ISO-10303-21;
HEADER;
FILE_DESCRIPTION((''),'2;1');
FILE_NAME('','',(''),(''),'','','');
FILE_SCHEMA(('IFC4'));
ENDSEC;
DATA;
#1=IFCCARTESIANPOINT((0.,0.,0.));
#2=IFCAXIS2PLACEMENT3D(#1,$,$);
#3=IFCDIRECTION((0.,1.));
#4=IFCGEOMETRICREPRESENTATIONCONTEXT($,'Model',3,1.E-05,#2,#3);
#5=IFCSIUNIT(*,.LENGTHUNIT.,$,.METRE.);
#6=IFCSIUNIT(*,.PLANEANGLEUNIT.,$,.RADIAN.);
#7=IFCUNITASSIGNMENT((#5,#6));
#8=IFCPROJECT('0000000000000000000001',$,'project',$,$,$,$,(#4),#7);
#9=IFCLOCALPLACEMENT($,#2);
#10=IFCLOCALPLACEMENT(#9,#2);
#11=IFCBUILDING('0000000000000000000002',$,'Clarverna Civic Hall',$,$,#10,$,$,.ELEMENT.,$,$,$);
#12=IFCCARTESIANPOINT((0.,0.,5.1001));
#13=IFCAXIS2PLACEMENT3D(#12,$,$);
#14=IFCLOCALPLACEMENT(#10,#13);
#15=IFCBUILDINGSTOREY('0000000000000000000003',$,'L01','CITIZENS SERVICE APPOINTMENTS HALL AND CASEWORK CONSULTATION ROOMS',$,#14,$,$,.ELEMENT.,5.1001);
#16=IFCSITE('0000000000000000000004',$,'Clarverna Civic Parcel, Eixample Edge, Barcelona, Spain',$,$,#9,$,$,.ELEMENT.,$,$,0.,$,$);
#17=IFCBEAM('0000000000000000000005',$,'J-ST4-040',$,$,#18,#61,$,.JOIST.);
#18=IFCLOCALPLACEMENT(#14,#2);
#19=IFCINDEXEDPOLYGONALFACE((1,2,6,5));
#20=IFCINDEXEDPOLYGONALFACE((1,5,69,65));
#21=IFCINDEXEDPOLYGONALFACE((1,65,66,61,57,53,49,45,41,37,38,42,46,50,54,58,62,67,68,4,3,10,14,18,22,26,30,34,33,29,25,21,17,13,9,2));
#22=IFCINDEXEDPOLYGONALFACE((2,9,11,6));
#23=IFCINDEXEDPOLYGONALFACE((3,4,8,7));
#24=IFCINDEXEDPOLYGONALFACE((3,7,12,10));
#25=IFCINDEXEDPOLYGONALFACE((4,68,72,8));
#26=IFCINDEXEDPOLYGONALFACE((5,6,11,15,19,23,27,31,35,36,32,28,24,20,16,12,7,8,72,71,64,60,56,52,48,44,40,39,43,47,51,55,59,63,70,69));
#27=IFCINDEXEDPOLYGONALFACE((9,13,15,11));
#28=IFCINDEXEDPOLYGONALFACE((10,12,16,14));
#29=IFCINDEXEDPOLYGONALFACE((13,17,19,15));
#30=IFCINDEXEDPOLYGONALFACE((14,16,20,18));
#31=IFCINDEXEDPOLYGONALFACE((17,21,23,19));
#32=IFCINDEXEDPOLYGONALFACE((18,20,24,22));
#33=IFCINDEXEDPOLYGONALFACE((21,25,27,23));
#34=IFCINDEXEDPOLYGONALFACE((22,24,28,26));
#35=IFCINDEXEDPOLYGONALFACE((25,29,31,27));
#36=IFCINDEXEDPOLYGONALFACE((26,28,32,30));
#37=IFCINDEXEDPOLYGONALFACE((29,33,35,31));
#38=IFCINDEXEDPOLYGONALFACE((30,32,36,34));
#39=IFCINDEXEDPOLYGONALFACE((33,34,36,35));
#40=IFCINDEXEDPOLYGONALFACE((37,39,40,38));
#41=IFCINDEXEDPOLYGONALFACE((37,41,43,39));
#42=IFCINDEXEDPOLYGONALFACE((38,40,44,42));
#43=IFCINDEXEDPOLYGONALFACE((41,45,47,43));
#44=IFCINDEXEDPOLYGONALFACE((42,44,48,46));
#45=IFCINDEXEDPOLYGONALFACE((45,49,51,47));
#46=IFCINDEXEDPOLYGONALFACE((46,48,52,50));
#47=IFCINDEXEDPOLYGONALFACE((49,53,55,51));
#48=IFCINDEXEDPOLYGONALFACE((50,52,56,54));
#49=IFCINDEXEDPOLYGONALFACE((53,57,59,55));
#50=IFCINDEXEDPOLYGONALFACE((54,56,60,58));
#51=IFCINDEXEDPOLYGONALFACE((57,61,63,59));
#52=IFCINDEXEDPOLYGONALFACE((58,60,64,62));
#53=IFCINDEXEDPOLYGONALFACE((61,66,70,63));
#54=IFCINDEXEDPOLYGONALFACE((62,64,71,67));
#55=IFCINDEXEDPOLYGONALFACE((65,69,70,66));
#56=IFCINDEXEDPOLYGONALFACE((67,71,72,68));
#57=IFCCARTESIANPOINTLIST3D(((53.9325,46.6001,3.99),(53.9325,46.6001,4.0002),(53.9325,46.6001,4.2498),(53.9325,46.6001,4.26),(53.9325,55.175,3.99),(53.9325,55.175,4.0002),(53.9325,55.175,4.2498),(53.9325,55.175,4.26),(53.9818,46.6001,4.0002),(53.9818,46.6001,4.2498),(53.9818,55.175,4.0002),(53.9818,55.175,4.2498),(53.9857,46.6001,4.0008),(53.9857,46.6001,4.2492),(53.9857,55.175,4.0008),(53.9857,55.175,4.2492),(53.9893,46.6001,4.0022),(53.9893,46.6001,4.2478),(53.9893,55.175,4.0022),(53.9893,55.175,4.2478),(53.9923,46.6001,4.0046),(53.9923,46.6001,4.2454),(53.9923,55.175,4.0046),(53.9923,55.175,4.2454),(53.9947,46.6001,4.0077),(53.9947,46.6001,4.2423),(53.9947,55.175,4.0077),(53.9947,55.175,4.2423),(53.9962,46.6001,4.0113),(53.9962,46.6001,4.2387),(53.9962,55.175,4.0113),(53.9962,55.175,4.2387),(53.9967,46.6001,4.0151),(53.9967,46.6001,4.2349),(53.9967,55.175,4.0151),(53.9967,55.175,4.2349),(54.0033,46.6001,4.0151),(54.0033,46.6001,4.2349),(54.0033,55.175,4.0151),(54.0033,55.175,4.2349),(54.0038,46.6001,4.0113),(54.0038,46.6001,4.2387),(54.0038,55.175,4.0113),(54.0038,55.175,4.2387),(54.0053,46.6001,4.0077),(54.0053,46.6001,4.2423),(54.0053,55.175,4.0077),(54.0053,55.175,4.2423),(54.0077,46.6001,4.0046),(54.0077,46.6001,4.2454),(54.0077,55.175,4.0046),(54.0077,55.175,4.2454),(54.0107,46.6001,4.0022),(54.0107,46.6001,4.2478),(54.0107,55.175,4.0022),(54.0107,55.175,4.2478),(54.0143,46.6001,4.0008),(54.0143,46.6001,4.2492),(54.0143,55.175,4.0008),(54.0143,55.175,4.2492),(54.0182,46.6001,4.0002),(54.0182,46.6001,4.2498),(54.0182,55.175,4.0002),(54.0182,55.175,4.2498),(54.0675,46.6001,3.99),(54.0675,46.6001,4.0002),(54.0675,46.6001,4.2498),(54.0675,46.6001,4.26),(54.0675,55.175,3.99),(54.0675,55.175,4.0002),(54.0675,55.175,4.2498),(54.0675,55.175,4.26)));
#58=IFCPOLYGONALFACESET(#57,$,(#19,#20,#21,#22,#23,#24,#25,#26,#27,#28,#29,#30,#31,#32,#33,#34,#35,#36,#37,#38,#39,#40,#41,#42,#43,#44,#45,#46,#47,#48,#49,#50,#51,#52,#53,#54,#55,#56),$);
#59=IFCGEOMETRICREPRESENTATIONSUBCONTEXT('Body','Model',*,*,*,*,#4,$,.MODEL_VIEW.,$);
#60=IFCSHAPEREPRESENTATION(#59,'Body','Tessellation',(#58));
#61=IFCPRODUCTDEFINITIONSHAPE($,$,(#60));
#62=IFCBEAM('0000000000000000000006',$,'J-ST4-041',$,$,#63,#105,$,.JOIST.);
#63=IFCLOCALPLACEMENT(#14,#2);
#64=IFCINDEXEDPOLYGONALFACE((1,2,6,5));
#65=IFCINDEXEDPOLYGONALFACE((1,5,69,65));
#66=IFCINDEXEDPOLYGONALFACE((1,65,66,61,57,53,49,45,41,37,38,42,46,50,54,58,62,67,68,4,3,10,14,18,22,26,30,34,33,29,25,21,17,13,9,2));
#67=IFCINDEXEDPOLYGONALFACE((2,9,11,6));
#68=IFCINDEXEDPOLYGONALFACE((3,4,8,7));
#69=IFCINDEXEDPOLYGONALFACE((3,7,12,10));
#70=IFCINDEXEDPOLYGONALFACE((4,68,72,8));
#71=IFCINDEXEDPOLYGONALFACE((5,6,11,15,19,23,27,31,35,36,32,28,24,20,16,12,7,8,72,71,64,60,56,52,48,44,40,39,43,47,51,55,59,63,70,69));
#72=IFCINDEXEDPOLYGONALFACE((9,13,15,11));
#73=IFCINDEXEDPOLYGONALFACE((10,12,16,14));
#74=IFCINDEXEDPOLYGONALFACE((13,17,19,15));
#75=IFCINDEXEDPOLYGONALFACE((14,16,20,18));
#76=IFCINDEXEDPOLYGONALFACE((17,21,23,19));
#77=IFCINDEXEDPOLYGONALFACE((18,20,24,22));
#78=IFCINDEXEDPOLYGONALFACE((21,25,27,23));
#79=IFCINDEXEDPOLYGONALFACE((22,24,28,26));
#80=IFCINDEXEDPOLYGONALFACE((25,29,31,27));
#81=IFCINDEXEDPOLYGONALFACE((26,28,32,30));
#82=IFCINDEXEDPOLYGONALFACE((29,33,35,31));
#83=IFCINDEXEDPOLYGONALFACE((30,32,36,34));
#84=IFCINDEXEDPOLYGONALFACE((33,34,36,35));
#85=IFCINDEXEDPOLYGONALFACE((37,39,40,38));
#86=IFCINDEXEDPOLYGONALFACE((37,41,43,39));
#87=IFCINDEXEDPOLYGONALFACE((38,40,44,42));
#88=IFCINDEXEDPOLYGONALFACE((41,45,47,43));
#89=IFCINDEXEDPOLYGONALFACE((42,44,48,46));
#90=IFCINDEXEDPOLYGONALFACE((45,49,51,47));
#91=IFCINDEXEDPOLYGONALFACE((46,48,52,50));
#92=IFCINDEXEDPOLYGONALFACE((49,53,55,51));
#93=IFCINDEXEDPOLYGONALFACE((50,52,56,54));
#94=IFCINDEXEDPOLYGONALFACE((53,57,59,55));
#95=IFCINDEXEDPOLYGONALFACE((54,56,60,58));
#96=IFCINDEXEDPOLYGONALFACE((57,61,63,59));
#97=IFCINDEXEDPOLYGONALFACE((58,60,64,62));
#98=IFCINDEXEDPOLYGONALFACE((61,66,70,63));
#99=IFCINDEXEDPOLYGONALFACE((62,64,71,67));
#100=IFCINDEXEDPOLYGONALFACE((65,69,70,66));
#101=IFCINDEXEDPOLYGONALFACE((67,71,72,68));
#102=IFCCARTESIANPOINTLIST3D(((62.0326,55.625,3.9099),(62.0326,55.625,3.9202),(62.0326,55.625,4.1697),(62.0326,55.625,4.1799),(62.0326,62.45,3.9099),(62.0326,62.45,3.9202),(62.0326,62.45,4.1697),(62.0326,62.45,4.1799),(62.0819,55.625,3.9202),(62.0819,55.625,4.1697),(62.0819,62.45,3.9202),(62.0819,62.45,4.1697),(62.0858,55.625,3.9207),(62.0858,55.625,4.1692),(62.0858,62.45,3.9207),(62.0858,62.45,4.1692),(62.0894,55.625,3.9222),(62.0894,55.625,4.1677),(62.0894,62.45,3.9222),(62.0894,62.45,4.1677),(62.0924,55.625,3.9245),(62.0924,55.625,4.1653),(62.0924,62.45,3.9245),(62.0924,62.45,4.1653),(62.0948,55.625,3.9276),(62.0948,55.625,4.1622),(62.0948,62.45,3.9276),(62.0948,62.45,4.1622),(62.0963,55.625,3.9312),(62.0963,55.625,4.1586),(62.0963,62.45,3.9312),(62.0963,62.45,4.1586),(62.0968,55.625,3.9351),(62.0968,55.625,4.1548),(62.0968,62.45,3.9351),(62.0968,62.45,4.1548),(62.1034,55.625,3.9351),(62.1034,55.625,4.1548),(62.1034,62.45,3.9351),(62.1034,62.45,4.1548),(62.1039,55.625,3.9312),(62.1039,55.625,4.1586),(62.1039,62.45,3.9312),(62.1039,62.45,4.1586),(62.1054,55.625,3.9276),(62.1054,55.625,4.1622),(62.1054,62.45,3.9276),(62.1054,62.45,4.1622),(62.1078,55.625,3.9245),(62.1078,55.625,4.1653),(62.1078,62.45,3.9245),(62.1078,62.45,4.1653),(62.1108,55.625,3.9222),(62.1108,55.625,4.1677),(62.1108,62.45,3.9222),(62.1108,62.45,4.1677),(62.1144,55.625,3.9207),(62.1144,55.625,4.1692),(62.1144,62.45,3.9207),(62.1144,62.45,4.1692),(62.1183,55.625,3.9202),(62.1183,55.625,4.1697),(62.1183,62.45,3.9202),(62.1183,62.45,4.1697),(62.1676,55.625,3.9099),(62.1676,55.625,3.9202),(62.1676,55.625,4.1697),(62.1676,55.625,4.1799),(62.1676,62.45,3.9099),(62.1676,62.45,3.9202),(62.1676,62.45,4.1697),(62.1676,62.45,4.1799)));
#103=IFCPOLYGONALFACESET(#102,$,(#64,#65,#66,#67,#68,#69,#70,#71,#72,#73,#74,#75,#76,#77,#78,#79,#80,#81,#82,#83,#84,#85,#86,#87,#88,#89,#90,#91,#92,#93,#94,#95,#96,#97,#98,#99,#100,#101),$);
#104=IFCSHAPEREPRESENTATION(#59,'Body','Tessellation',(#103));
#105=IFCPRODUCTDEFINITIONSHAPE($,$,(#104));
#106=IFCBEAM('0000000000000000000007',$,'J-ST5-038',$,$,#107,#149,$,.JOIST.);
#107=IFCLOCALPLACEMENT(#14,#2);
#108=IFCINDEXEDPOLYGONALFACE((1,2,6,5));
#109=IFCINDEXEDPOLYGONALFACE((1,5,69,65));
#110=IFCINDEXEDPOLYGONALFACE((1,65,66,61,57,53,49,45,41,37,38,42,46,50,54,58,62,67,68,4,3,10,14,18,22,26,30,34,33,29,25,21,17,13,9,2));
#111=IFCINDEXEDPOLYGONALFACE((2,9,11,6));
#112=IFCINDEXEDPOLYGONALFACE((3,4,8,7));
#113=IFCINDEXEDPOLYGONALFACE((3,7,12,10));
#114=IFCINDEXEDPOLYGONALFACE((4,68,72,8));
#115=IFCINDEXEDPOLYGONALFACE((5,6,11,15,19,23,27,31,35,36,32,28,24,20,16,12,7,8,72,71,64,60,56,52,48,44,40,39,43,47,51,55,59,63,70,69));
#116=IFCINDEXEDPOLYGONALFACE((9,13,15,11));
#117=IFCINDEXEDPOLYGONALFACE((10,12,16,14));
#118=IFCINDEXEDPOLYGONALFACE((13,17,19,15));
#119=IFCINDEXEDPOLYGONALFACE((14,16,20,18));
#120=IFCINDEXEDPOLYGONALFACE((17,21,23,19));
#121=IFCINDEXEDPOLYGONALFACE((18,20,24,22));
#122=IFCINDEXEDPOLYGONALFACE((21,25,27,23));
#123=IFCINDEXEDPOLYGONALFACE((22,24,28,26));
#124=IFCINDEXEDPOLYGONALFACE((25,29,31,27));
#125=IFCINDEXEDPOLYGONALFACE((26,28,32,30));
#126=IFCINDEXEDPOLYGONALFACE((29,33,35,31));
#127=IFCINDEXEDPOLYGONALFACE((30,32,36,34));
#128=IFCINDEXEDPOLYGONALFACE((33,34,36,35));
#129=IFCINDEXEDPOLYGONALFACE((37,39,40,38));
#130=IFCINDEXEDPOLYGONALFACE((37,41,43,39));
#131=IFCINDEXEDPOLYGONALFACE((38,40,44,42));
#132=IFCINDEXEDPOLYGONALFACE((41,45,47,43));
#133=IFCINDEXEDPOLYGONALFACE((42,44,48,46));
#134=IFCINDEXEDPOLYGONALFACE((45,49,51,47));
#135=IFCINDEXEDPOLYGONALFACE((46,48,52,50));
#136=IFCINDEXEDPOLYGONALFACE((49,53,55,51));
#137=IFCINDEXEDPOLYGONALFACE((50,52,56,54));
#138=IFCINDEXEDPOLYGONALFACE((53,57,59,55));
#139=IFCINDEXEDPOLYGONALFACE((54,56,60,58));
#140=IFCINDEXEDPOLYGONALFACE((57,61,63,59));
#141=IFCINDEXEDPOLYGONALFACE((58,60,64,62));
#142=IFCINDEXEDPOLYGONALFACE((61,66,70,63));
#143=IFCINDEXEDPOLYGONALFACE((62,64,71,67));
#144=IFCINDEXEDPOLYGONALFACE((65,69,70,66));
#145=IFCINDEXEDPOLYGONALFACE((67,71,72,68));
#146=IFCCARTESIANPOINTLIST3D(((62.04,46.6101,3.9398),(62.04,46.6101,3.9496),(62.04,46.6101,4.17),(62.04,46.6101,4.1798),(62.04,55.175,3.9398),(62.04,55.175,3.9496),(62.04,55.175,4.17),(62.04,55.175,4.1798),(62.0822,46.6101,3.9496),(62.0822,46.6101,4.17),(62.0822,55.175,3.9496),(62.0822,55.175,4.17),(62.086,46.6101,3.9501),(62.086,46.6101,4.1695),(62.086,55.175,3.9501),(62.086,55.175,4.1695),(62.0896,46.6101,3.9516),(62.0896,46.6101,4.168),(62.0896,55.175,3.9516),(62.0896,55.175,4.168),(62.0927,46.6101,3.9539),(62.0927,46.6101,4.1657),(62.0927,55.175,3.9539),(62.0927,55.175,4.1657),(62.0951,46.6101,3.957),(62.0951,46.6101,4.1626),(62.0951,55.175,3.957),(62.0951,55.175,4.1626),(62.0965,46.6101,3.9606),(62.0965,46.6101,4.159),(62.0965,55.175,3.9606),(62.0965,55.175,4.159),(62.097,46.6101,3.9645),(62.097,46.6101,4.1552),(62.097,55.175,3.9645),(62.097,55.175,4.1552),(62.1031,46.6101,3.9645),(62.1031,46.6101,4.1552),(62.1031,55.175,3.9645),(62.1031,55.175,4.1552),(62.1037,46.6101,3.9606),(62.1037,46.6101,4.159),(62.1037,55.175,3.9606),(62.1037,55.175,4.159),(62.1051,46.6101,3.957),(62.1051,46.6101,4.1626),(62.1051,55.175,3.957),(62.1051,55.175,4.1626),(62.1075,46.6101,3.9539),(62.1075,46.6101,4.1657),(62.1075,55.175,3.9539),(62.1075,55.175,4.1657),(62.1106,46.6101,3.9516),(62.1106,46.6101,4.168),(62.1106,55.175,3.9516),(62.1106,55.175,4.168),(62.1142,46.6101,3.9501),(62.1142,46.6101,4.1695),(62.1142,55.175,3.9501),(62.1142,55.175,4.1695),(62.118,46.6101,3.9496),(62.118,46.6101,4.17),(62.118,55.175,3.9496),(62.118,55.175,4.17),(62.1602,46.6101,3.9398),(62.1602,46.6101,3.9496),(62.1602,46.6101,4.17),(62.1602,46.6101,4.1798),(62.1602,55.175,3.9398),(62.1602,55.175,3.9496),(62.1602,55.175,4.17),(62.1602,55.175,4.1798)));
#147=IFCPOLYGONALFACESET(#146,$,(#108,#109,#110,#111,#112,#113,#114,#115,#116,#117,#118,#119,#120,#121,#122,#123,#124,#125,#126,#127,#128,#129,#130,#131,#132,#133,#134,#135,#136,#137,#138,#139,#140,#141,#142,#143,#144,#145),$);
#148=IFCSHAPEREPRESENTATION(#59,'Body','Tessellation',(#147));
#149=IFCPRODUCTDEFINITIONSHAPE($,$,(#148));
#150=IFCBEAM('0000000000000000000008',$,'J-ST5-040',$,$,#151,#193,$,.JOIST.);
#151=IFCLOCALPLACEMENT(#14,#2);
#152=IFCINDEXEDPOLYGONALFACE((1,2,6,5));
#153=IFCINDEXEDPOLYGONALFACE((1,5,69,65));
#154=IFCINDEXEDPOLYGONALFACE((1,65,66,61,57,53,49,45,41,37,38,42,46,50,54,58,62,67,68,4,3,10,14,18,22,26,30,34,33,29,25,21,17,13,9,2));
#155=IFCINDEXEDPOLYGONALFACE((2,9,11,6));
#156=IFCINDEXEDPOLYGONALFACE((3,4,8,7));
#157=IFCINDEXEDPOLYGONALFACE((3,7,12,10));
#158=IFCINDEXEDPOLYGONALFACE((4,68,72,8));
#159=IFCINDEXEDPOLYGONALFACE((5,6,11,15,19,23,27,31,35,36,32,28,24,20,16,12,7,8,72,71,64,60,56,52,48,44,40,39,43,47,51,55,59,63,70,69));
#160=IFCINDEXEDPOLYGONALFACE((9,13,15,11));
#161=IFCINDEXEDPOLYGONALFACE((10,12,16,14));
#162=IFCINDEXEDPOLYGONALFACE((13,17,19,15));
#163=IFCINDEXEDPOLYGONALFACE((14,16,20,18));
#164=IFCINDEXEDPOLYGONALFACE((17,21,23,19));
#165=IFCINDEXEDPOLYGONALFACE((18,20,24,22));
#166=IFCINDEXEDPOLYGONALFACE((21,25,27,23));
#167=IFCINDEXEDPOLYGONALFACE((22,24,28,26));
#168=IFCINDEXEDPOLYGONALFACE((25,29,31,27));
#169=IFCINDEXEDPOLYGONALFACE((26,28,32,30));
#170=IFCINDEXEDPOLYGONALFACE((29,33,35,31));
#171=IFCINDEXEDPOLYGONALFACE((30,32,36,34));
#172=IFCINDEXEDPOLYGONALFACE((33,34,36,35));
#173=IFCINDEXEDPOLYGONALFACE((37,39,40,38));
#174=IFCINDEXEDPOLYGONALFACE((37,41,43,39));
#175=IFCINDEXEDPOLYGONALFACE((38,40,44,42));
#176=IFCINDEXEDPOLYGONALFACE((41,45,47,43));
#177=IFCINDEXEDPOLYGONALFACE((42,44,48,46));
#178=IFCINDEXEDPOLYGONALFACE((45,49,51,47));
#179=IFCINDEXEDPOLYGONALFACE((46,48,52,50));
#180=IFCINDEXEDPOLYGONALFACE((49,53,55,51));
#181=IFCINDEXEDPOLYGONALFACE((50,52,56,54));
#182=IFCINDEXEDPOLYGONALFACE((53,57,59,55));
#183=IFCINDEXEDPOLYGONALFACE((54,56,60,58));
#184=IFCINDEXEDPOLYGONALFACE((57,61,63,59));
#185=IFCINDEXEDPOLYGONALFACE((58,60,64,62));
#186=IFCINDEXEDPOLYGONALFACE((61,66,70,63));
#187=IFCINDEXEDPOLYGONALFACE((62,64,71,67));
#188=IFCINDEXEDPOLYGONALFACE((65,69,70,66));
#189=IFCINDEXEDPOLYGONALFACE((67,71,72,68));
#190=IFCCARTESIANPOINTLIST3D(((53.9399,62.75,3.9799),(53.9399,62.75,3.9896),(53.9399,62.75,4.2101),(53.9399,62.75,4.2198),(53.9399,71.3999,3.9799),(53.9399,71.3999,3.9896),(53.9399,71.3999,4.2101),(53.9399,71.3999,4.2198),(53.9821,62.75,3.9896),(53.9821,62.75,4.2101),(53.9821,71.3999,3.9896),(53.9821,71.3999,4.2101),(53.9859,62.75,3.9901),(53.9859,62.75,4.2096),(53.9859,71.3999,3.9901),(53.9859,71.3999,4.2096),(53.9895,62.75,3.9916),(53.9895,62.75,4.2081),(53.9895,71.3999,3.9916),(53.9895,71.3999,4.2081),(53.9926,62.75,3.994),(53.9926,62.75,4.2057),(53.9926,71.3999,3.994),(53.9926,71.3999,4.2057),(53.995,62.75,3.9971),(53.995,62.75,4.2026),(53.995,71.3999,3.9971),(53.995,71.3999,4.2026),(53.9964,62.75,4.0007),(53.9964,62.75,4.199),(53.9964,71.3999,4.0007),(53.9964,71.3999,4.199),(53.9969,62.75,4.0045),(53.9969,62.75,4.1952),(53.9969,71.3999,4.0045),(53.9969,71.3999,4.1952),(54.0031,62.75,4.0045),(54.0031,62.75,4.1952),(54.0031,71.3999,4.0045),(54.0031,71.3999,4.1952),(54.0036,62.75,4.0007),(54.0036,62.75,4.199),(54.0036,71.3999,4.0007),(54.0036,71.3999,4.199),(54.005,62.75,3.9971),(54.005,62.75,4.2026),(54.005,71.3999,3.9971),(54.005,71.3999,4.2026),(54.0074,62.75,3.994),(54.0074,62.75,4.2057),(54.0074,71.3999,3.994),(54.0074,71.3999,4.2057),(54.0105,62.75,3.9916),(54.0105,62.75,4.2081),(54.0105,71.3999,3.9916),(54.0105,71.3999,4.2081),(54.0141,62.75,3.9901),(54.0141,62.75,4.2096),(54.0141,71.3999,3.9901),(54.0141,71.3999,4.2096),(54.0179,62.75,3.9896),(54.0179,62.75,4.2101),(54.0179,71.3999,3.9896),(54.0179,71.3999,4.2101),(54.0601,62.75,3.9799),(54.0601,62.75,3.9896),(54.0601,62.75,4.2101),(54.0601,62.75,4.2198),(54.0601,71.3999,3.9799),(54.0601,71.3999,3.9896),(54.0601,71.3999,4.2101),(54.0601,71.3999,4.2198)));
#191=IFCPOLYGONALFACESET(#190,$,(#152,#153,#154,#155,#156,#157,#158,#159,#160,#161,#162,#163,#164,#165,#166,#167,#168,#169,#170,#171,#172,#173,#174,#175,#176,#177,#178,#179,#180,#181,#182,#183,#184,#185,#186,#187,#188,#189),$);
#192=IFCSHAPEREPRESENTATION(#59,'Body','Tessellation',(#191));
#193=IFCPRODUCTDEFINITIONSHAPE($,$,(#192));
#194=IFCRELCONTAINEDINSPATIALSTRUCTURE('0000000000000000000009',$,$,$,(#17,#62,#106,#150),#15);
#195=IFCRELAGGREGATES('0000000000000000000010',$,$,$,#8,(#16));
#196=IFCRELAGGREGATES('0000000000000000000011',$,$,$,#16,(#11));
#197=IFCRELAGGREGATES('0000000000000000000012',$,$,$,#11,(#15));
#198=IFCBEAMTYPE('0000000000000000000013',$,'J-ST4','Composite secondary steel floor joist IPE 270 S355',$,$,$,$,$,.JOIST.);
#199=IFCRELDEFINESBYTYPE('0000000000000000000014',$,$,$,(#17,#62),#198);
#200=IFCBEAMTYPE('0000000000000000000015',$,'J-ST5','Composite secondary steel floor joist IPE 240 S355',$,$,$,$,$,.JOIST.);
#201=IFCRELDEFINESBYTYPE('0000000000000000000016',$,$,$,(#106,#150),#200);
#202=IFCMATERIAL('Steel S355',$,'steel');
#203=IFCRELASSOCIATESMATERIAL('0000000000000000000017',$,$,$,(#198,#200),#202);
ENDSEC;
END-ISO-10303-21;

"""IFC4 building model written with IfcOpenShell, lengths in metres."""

from ifc_helpers import new_model, si_unit, direction, frame, origin, origin_2d, place, context, subcontext, project, spatial, i_section, extrude, material, material_profile, profile_set, type_object, element, save


model = new_model("IFC4")

# Units and contexts
model_context = context("Model", 3, precision=1e-05, world=origin(), true_north=direction((0.0, 1.0)))
body_context = subcontext(model_context, "Body", "Model", "MODEL_VIEW")
ifc_project = project(units=[si_unit("LENGTHUNIT", "METRE"), si_unit("PLANEANGLEUNIT", "RADIAN")], contexts=[model_context])

# Site, building, storey
site_placement = place(None, origin())
site = spatial("IfcSite", under=ifc_project, at=site_placement, Name="Clarverna Civic Parcel, Eixample Edge, Barcelona, Spain", CompositionType="ELEMENT", RefElevation=0.0)
building_placement = place(site_placement, origin())
building = spatial("IfcBuilding", under=site, at=building_placement, Name="Clarverna Civic Hall", CompositionType="ELEMENT")
storey_placement = place(building_placement, frame((0.0, 0.0, 5.1001)))
storey = spatial("IfcBuildingStorey", under=building, at=storey_placement, Name="L01", Description="CITIZENS SERVICE APPOINTMENTS HALL AND CASEWORK CONSULTATION ROOMS", CompositionType="ELEMENT", Elevation=5.1001)

# Beams
ifc_material_1 = material(Name="Steel S355", Category="steel")
ifc_material_profile_1 = material_profile(ifc_material_1, i_section(OverallWidth=0.135, OverallDepth=0.27, WebThickness=0.0066, FlangeThickness=0.0103, FilletRadius=0.0149, at=origin_2d()), Name="IPE 270")
ifc_profile_set_1 = profile_set([ifc_material_profile_1], Name="Steel S355")
beam_type_1 = type_object("IfcBeamType", Name="J-ST4", Description="Composite secondary steel floor joist IPE 270 S355", PredefinedType="JOIST", material=ifc_profile_set_1)
beam_1_placement = place(storey_placement, frame((54.0, 46.6001, 4.125), z_axis=(0.0, 1.0, 0.0), x_axis=(-1.0, 0.0, 0.0)))
element("IfcBeam", 1, at=beam_1_placement, inside=storey, type_object=beam_type_1, Name="J-ST4-040", PredefinedType="JOIST", context=body_context, shape_type="SweptSolid", body=[
    extrude(i_section(OverallWidth=0.135, OverallDepth=0.27, WebThickness=0.0066, FlangeThickness=0.0103, FilletRadius=0.0149, at=origin_2d()), origin(), (0.0, 0.0, 1.0), 8.575),
])
beam_2_placement = place(storey_placement, frame((62.1001, 55.625, 4.0449), z_axis=(0.0, 1.0, 0.0), x_axis=(-1.0, 0.0, 0.0)))
element("IfcBeam", 2, at=beam_2_placement, inside=storey, type_object=beam_type_1, Name="J-ST4-041", PredefinedType="JOIST", context=body_context, shape_type="SweptSolid", body=[
    extrude(i_section(OverallWidth=0.135, OverallDepth=0.27, WebThickness=0.0066, FlangeThickness=0.0103, FilletRadius=0.0149, at=origin_2d()), origin(), (0.0, 0.0, 1.0), 6.825),
])
ifc_material_profile_2 = material_profile(ifc_material_1, i_section(OverallWidth=0.1201, OverallDepth=0.24, WebThickness=0.0061, FlangeThickness=0.0098, FilletRadius=0.0149, at=origin_2d()), Name="IPE 240")
ifc_profile_set_2 = profile_set([ifc_material_profile_2], Name="Steel S355")
beam_type_2 = type_object("IfcBeamType", Name="J-ST5", Description="Composite secondary steel floor joist IPE 240 S355", PredefinedType="JOIST", material=ifc_profile_set_2)
beam_3_placement = place(storey_placement, frame((62.1001, 46.6101, 4.0598), z_axis=(0.0, 1.0, 0.0), x_axis=(-1.0, 0.0, 0.0)))
element("IfcBeam", 3, at=beam_3_placement, inside=storey, type_object=beam_type_2, Name="J-ST5-038", PredefinedType="JOIST", context=body_context, shape_type="SweptSolid", body=[
    extrude(i_section(OverallWidth=0.1201, OverallDepth=0.24, WebThickness=0.0061, FlangeThickness=0.0098, FilletRadius=0.0149, at=origin_2d()), origin(), (0.0, 0.0, 1.0), 8.5649),
])
beam_4_placement = place(storey_placement, frame((54.0, 62.75, 4.0999), z_axis=(0.0, 1.0, 0.0), x_axis=(-1.0, 0.0, 0.0)))
element("IfcBeam", 4, at=beam_4_placement, inside=storey, type_object=beam_type_2, Name="J-ST5-040", PredefinedType="JOIST", context=body_context, shape_type="SweptSolid", body=[
    extrude(i_section(OverallWidth=0.1201, OverallDepth=0.24, WebThickness=0.0061, FlangeThickness=0.0098, FilletRadius=0.0149, at=origin_2d()), origin(), (0.0, 0.0, 1.0), 8.6499),
])

save(model, "model.ifc")
